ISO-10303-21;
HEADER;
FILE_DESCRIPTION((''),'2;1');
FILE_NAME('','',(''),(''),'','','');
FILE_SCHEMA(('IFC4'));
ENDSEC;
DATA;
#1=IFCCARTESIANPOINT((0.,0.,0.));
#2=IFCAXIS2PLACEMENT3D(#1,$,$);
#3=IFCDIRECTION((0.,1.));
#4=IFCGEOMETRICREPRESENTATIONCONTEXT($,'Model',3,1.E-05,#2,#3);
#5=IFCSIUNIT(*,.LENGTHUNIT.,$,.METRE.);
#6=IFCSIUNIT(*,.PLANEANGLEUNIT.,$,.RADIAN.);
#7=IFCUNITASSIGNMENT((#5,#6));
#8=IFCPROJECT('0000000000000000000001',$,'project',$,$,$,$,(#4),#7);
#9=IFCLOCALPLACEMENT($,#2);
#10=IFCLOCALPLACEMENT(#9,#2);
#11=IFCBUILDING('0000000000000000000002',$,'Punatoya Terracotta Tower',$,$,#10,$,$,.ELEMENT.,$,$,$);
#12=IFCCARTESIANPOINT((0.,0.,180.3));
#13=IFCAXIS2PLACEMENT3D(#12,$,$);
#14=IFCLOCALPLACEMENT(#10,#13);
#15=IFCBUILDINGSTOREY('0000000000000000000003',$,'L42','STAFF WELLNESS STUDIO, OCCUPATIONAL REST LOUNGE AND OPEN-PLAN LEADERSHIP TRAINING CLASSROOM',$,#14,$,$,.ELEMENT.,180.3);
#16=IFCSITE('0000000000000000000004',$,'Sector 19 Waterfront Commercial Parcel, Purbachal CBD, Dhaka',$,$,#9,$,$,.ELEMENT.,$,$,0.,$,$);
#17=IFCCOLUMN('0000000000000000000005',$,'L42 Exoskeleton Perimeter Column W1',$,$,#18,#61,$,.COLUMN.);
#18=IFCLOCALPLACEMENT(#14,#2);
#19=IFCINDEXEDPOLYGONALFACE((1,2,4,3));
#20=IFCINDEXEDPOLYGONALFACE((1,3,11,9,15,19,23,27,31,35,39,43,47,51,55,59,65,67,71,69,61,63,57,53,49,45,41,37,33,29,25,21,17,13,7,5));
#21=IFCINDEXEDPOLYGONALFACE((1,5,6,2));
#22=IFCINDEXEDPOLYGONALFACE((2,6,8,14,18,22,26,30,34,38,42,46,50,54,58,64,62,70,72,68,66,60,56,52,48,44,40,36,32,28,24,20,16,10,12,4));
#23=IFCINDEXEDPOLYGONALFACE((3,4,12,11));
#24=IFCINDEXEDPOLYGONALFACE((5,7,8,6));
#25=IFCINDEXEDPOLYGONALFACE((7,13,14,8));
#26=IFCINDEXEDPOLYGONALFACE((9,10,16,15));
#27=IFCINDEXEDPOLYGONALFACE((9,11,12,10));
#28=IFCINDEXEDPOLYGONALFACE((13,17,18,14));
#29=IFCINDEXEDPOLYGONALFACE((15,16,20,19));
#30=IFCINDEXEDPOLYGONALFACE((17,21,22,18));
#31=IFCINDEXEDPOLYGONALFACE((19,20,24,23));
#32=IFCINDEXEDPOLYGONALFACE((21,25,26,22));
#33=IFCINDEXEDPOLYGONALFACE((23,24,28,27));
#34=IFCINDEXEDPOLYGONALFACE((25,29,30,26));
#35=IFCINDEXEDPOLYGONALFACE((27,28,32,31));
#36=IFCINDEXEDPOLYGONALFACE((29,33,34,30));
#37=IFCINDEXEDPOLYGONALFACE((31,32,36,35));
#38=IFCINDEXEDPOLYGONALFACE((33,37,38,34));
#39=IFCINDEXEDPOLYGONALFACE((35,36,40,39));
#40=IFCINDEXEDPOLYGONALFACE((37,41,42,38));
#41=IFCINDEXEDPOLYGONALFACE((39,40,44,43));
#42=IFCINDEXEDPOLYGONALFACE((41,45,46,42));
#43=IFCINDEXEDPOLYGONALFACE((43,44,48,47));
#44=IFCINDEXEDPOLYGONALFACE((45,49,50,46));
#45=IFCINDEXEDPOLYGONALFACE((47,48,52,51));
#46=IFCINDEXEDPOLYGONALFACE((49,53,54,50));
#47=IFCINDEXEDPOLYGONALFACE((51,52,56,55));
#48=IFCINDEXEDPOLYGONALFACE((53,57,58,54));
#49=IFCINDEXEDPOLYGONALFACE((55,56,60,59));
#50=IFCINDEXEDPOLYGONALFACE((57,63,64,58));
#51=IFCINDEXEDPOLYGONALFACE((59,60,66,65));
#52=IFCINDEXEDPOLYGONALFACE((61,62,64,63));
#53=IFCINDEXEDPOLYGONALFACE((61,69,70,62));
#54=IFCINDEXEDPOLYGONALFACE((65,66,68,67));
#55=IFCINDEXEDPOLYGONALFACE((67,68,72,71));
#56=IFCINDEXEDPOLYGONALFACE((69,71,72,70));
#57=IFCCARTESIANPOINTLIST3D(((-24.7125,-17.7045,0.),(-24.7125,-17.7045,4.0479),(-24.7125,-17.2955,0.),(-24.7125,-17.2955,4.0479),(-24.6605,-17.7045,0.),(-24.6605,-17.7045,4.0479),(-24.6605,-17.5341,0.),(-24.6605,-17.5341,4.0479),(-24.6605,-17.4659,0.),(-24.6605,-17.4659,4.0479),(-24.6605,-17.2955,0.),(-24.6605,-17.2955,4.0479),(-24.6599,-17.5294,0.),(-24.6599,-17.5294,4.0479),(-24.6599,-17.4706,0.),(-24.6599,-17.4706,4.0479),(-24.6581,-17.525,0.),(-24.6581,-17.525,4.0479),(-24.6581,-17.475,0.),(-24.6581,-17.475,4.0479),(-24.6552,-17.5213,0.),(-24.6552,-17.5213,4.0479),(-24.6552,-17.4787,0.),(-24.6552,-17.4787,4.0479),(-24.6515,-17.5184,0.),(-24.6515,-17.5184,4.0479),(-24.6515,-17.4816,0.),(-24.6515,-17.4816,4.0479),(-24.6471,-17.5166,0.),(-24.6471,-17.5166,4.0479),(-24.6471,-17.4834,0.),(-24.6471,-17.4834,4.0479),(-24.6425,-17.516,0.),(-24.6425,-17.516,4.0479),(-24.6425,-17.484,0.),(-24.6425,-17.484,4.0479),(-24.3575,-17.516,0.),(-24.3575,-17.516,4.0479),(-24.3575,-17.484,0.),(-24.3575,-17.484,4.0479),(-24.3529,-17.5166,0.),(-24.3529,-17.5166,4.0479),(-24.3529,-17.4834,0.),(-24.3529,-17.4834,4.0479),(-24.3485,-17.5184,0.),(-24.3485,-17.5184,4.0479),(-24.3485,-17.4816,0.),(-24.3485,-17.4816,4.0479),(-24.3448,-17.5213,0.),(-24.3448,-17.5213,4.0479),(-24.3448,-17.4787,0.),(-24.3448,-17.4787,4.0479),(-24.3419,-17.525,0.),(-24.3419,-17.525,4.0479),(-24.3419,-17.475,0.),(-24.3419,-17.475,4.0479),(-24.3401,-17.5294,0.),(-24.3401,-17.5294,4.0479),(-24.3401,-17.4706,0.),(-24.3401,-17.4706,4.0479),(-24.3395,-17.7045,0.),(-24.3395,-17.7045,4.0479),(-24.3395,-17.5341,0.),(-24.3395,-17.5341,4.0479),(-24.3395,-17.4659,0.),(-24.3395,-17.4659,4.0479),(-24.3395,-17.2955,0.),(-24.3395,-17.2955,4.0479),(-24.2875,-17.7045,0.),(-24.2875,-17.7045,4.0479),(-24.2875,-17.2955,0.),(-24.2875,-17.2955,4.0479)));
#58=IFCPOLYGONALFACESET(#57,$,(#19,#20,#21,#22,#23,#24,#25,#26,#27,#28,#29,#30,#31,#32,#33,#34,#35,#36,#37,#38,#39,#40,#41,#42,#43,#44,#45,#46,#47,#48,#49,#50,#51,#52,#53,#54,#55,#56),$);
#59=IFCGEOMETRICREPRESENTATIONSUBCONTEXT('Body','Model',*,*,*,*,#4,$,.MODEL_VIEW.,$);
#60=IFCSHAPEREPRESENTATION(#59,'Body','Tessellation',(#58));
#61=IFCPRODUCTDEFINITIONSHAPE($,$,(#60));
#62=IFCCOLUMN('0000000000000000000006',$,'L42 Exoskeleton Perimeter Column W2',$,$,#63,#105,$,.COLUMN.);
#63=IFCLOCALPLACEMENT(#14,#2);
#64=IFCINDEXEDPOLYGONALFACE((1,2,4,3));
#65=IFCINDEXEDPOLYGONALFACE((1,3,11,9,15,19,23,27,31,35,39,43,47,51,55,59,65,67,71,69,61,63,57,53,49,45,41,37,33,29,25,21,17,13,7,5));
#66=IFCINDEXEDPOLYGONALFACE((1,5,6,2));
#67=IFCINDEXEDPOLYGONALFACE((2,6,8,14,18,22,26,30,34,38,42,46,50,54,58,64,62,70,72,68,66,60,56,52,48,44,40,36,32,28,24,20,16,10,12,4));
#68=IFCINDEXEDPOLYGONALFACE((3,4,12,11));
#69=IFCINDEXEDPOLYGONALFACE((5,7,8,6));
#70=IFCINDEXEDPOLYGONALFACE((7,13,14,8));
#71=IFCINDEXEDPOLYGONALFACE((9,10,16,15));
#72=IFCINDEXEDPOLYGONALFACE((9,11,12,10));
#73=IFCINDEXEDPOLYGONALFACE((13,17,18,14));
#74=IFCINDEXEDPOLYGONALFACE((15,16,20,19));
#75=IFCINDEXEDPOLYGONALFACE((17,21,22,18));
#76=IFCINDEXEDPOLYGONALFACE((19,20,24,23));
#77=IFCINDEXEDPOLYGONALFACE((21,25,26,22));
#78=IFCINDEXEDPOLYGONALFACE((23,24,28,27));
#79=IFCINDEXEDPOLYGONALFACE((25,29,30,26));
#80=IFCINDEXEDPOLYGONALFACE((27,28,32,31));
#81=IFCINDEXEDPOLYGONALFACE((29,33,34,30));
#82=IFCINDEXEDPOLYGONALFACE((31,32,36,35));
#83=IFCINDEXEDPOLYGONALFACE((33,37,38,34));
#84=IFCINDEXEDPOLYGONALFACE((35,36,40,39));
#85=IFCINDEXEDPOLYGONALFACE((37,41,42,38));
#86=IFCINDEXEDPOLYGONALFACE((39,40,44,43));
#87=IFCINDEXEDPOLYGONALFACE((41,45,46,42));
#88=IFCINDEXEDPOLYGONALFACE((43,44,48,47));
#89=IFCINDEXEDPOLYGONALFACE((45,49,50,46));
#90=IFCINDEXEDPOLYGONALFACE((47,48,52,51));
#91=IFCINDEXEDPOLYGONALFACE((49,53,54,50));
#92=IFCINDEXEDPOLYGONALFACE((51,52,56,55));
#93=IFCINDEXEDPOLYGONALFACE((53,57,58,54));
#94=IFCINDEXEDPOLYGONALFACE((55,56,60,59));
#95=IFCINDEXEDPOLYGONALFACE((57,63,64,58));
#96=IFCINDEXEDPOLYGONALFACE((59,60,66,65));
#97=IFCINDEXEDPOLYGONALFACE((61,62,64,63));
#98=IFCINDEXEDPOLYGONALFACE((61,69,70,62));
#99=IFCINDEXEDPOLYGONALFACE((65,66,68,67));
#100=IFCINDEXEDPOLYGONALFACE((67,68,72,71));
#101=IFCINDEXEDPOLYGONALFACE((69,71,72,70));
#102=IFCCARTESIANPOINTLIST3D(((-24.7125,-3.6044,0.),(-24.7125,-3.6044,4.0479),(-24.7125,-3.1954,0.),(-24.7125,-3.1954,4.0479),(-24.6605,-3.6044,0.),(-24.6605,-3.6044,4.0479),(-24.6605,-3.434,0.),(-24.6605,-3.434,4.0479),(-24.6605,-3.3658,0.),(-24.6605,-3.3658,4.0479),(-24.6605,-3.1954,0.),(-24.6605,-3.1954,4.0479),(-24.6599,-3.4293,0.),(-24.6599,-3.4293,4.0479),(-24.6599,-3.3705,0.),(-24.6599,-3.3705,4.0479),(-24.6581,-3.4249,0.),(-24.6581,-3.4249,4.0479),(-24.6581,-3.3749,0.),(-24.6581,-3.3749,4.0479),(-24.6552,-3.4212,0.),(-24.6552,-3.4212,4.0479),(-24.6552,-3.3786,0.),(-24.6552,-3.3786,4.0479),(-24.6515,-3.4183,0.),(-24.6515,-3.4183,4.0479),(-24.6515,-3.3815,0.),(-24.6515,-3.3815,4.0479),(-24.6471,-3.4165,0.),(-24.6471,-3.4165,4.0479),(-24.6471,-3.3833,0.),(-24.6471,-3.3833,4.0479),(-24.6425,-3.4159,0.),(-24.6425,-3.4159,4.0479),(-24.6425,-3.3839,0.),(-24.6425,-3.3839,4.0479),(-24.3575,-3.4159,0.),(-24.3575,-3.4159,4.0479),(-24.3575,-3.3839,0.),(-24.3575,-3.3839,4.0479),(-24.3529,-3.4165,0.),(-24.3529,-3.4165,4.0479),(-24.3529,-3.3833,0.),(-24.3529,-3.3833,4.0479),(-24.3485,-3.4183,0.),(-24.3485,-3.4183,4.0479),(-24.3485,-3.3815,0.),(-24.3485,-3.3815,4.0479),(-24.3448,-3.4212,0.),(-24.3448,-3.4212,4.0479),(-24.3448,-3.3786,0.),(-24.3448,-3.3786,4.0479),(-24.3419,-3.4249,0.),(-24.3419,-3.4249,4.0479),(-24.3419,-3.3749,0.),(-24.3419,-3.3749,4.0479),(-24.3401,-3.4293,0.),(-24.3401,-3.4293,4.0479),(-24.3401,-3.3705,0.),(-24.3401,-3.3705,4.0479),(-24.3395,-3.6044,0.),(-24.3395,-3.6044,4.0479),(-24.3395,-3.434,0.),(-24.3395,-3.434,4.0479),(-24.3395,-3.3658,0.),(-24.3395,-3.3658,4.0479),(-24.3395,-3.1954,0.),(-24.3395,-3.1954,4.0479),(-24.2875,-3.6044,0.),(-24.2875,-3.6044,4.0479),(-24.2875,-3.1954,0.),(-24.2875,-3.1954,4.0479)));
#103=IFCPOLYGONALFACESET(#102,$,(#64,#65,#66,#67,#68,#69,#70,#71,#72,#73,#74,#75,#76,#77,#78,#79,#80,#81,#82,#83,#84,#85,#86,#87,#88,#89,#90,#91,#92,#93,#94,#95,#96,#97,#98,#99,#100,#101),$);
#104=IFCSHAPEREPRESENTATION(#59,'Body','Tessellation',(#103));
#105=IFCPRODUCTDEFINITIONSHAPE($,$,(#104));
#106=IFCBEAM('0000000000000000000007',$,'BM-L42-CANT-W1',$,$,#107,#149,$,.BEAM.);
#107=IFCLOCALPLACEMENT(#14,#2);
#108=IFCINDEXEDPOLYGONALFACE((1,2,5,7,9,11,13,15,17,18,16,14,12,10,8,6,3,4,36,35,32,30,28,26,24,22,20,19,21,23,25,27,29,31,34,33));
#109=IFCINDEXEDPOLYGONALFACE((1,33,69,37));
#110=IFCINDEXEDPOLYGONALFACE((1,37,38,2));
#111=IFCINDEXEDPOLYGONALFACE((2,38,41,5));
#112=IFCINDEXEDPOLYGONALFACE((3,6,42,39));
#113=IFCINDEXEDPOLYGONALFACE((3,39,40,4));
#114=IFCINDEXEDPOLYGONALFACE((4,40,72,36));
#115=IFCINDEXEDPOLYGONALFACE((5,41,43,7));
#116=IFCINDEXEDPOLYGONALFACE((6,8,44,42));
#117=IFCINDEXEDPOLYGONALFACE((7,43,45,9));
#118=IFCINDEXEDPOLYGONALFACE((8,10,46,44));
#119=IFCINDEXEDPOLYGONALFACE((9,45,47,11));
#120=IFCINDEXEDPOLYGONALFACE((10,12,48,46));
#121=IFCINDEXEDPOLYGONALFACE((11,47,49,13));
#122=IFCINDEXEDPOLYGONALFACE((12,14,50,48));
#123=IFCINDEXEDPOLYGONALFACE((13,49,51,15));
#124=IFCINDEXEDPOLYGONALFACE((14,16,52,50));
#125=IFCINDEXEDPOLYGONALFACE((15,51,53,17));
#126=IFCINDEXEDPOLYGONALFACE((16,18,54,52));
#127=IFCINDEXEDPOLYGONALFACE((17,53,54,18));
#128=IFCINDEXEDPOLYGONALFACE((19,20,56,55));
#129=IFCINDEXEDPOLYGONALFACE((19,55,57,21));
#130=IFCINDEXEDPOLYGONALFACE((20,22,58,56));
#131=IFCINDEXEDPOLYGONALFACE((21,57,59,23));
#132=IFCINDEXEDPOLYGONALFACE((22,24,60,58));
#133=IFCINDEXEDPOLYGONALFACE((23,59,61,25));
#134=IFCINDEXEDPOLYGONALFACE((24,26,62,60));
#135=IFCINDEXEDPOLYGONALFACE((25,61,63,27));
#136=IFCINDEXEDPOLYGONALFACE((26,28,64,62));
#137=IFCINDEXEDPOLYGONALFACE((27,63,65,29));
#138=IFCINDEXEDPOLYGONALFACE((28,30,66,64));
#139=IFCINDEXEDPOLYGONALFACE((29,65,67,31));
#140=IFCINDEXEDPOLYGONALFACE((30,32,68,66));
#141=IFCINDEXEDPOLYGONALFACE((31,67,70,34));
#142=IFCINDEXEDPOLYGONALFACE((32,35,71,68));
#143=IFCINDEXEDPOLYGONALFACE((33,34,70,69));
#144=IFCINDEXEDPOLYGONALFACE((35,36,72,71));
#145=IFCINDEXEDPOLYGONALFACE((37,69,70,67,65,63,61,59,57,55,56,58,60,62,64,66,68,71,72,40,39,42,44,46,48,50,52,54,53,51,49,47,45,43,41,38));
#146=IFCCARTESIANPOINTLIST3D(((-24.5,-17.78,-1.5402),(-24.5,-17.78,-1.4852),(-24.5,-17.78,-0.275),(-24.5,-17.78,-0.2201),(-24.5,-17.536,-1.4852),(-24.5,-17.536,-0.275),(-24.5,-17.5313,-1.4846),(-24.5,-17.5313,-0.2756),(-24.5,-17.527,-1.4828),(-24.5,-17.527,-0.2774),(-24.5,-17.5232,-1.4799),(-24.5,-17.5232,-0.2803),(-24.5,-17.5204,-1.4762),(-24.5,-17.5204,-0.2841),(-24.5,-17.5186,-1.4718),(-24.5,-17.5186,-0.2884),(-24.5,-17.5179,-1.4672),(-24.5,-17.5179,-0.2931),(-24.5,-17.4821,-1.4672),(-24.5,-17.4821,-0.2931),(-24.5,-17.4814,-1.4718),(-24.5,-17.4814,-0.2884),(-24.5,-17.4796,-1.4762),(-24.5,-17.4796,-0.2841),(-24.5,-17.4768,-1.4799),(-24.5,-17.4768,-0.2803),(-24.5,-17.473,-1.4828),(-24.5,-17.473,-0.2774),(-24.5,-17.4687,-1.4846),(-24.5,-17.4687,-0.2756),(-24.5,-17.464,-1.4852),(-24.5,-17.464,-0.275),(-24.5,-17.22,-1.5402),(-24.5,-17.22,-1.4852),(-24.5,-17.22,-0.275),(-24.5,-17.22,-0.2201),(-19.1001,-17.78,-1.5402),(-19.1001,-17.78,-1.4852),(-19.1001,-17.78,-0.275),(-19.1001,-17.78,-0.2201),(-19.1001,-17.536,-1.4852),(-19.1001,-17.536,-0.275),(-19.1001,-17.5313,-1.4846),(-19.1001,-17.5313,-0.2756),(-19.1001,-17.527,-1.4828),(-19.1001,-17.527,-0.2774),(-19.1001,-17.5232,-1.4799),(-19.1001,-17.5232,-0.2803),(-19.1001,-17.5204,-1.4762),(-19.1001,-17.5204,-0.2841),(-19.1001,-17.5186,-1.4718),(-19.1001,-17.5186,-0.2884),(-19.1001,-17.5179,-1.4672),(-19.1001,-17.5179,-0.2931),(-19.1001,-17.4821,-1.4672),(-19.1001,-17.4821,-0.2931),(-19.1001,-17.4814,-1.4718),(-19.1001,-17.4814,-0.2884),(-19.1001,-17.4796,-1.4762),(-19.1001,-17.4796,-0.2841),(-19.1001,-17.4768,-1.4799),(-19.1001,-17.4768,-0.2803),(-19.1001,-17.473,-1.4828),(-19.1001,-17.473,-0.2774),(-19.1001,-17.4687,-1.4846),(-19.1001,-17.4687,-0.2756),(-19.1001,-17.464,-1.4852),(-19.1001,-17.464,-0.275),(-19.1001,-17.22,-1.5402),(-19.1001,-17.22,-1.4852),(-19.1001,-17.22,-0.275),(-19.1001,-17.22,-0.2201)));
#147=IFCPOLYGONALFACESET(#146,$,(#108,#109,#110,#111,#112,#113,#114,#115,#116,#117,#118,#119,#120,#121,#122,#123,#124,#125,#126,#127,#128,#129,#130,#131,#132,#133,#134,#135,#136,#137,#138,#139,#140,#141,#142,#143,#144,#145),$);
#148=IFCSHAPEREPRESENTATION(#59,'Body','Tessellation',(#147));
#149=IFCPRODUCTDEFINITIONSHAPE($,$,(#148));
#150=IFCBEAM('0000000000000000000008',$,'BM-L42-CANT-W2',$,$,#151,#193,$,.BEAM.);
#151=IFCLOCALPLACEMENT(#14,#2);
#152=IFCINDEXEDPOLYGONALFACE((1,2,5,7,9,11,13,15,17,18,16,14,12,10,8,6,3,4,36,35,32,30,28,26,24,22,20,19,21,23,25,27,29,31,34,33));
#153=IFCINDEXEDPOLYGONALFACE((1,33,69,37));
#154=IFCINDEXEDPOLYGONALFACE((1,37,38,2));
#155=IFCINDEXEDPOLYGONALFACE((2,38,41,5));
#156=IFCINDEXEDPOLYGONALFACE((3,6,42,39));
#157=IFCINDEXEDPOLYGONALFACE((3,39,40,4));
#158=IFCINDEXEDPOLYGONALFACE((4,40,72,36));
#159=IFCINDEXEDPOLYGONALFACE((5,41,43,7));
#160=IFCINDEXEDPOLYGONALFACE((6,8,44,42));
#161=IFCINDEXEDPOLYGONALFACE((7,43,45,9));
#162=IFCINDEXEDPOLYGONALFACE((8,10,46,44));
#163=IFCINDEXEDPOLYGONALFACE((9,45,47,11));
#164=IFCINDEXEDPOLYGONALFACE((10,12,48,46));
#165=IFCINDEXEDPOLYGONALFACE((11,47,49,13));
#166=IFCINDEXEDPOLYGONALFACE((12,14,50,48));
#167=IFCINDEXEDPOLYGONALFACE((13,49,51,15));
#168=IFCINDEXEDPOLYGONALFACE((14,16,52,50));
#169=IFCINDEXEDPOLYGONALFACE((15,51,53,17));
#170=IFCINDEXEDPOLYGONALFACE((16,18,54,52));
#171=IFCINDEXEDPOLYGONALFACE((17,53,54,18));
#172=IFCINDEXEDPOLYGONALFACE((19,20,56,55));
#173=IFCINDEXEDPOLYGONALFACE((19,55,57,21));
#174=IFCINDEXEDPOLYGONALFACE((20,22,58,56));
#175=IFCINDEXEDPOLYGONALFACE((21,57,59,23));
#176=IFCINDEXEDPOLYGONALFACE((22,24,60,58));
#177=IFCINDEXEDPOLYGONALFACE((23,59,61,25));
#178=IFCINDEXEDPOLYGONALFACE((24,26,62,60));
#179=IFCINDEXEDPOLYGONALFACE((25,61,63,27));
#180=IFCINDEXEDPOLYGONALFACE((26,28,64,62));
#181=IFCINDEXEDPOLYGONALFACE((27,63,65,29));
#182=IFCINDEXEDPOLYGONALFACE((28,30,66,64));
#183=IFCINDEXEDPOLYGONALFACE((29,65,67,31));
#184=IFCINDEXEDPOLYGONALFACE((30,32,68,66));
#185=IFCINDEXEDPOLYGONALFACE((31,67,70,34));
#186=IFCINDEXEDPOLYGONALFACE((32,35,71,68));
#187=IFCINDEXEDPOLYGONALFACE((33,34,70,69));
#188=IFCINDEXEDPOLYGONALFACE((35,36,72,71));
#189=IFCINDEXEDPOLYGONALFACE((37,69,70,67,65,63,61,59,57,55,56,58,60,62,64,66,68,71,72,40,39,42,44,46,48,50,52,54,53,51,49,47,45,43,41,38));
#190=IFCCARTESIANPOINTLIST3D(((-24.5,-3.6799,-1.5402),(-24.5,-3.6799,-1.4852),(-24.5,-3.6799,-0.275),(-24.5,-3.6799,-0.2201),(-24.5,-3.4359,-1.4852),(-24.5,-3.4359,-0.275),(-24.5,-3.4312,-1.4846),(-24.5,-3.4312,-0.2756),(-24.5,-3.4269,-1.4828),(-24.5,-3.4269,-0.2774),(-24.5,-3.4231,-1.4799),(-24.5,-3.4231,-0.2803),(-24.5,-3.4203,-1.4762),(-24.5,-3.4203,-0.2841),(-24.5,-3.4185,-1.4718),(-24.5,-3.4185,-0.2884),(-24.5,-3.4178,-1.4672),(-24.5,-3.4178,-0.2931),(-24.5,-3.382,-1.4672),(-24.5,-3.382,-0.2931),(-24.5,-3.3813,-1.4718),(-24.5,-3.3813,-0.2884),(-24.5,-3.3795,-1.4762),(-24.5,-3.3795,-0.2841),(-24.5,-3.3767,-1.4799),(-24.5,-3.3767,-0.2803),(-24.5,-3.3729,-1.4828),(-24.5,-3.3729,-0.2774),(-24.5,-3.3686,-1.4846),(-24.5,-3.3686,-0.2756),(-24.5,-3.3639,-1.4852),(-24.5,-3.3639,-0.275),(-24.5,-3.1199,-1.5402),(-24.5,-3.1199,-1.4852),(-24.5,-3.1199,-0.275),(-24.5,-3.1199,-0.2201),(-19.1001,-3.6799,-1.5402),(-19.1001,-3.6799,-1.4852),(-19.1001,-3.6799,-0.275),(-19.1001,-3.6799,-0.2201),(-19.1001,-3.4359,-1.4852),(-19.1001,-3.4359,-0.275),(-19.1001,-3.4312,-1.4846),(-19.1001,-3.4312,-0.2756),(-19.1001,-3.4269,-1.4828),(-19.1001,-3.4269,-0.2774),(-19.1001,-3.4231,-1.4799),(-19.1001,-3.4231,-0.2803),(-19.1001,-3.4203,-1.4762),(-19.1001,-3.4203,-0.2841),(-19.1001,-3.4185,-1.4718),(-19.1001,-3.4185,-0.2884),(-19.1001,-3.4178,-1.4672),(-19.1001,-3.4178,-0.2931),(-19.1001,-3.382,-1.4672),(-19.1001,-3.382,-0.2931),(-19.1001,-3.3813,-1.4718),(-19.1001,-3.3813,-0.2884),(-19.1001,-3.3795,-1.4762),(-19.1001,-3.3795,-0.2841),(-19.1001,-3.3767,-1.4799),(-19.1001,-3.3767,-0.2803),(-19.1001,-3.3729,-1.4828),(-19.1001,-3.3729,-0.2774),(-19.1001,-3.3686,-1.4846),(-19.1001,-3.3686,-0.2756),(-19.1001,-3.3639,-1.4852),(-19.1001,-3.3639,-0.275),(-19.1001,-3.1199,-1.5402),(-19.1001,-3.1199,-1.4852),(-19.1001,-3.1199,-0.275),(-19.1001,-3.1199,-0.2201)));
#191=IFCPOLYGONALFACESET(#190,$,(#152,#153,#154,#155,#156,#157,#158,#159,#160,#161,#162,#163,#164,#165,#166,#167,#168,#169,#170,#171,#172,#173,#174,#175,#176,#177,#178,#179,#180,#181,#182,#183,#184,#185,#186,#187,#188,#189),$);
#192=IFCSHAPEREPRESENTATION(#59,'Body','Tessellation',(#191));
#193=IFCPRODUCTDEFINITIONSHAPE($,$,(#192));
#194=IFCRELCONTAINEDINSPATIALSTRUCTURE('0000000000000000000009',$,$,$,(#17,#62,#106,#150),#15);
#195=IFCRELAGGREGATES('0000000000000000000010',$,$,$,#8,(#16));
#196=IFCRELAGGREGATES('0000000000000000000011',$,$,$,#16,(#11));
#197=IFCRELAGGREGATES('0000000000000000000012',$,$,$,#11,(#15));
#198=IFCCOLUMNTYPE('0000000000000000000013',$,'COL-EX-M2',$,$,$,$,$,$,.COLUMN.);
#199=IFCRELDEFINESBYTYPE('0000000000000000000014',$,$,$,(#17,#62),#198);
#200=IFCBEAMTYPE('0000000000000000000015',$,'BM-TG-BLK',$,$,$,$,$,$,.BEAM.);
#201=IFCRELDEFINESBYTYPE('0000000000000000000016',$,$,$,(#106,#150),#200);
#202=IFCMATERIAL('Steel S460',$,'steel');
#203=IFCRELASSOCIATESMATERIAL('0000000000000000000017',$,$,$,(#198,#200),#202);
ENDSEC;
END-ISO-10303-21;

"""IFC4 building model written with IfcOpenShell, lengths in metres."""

from ifc_helpers import new_model, si_unit, direction, frame, origin, origin_2d, place, context, subcontext, project, spatial, i_section, extrude, material, material_profile, profile_set, type_object, element, save


model = new_model("IFC4")

# Units and contexts
model_context = context("Model", 3, precision=1e-05, world=origin(), true_north=direction((0.0, 1.0)))
body_context = subcontext(model_context, "Body", "Model", "MODEL_VIEW")
ifc_project = project(units=[si_unit("LENGTHUNIT", "METRE"), si_unit("PLANEANGLEUNIT", "RADIAN")], contexts=[model_context])

# Site, building, storey
site_placement = place(None, origin())
site = spatial("IfcSite", under=ifc_project, at=site_placement, Name="Sector 19 Waterfront Commercial Parcel, Purbachal CBD, Dhaka", CompositionType="ELEMENT", RefElevation=0.0)
building_placement = place(site_placement, origin())
building = spatial("IfcBuilding", under=site, at=building_placement, Name="Punatoya Terracotta Tower", CompositionType="ELEMENT")
storey_placement = place(building_placement, frame((0.0, 0.0, 180.3)))
storey = spatial("IfcBuildingStorey", under=building, at=storey_placement, Name="L42", Description="STAFF WELLNESS STUDIO, OCCUPATIONAL REST LOUNGE AND OPEN-PLAN LEADERSHIP TRAINING CLASSROOM", CompositionType="ELEMENT", Elevation=180.3)

# Columns
ifc_material_1 = material(Name="Steel S460", Category="steel")
ifc_material_profile_1 = material_profile(ifc_material_1, i_section(OverallWidth=0.4089, OverallDepth=0.425, WebThickness=0.032, FlangeThickness=0.052, FilletRadius=0.0181, at=origin_2d()))
ifc_profile_set_1 = profile_set([ifc_material_profile_1], Name="Steel S460")
column_type = type_object("IfcColumnType", Name="COL-EX-M2", PredefinedType="COLUMN", material=ifc_profile_set_1)
for number, where, z_axis, x_axis, name in (
    (1, (-24.5, -17.5, 0.0), (0.0, 0.0, 1.0), (0.0, 1.0, 0.0), "L42 Exoskeleton Perimeter Column W1"),
    (2, (-24.5, -3.3999, 0.0), (0.0, 0.0, 1.0), (0.0, 1.0, 0.0), "L42 Exoskeleton Perimeter Column W2"),
):
    element("IfcColumn", number, at=place(storey_placement, frame(where, z_axis=z_axis, x_axis=x_axis)), inside=storey, type_object=column_type, Name=name, PredefinedType="COLUMN", context=body_context, shape_type="SweptSolid", body=[
        extrude(i_section(OverallWidth=0.4089, OverallDepth=0.425, WebThickness=0.032, FlangeThickness=0.052, FilletRadius=0.0181, at=origin_2d()), origin(), (0.0, 0.0, 1.0), 4.0479),
    ])

# Beams
ifc_material_profile_2 = material_profile(ifc_material_1, i_section(OverallWidth=0.5601, OverallDepth=1.3201, WebThickness=0.0359, FlangeThickness=0.0549, FilletRadius=0.0181, at=origin_2d()))
ifc_profile_set_2 = profile_set([ifc_material_profile_2], Name="Steel S460")
beam_type_1 = type_object("IfcBeamType", Name="BM-TG-BLK", PredefinedType="BEAM", material=ifc_profile_set_2)
for number, where, z_axis, x_axis, name in (
    (3, (-24.5, -17.5, -0.8801), (1.0, 0.0, 0.0), (0.0, 1.0, 0.0), "BM-L42-CANT-W1"),
    (4, (-24.5, -3.3999, -0.8801), (1.0, 0.0, 0.0), (0.0, 1.0, 0.0), "BM-L42-CANT-W2"),
):
    element("IfcBeam", number, at=place(storey_placement, frame(where, z_axis=z_axis, x_axis=x_axis)), inside=storey, type_object=beam_type_1, Name=name, PredefinedType="BEAM", context=body_context, shape_type="SweptSolid", body=[
        extrude(i_section(OverallWidth=0.5601, OverallDepth=1.3201, WebThickness=0.0359, FlangeThickness=0.0549, FilletRadius=0.0181, at=origin_2d()), origin(), (0.0, 0.0, 1.0), 5.3999),
    ])

save(model, "model.ifc")
